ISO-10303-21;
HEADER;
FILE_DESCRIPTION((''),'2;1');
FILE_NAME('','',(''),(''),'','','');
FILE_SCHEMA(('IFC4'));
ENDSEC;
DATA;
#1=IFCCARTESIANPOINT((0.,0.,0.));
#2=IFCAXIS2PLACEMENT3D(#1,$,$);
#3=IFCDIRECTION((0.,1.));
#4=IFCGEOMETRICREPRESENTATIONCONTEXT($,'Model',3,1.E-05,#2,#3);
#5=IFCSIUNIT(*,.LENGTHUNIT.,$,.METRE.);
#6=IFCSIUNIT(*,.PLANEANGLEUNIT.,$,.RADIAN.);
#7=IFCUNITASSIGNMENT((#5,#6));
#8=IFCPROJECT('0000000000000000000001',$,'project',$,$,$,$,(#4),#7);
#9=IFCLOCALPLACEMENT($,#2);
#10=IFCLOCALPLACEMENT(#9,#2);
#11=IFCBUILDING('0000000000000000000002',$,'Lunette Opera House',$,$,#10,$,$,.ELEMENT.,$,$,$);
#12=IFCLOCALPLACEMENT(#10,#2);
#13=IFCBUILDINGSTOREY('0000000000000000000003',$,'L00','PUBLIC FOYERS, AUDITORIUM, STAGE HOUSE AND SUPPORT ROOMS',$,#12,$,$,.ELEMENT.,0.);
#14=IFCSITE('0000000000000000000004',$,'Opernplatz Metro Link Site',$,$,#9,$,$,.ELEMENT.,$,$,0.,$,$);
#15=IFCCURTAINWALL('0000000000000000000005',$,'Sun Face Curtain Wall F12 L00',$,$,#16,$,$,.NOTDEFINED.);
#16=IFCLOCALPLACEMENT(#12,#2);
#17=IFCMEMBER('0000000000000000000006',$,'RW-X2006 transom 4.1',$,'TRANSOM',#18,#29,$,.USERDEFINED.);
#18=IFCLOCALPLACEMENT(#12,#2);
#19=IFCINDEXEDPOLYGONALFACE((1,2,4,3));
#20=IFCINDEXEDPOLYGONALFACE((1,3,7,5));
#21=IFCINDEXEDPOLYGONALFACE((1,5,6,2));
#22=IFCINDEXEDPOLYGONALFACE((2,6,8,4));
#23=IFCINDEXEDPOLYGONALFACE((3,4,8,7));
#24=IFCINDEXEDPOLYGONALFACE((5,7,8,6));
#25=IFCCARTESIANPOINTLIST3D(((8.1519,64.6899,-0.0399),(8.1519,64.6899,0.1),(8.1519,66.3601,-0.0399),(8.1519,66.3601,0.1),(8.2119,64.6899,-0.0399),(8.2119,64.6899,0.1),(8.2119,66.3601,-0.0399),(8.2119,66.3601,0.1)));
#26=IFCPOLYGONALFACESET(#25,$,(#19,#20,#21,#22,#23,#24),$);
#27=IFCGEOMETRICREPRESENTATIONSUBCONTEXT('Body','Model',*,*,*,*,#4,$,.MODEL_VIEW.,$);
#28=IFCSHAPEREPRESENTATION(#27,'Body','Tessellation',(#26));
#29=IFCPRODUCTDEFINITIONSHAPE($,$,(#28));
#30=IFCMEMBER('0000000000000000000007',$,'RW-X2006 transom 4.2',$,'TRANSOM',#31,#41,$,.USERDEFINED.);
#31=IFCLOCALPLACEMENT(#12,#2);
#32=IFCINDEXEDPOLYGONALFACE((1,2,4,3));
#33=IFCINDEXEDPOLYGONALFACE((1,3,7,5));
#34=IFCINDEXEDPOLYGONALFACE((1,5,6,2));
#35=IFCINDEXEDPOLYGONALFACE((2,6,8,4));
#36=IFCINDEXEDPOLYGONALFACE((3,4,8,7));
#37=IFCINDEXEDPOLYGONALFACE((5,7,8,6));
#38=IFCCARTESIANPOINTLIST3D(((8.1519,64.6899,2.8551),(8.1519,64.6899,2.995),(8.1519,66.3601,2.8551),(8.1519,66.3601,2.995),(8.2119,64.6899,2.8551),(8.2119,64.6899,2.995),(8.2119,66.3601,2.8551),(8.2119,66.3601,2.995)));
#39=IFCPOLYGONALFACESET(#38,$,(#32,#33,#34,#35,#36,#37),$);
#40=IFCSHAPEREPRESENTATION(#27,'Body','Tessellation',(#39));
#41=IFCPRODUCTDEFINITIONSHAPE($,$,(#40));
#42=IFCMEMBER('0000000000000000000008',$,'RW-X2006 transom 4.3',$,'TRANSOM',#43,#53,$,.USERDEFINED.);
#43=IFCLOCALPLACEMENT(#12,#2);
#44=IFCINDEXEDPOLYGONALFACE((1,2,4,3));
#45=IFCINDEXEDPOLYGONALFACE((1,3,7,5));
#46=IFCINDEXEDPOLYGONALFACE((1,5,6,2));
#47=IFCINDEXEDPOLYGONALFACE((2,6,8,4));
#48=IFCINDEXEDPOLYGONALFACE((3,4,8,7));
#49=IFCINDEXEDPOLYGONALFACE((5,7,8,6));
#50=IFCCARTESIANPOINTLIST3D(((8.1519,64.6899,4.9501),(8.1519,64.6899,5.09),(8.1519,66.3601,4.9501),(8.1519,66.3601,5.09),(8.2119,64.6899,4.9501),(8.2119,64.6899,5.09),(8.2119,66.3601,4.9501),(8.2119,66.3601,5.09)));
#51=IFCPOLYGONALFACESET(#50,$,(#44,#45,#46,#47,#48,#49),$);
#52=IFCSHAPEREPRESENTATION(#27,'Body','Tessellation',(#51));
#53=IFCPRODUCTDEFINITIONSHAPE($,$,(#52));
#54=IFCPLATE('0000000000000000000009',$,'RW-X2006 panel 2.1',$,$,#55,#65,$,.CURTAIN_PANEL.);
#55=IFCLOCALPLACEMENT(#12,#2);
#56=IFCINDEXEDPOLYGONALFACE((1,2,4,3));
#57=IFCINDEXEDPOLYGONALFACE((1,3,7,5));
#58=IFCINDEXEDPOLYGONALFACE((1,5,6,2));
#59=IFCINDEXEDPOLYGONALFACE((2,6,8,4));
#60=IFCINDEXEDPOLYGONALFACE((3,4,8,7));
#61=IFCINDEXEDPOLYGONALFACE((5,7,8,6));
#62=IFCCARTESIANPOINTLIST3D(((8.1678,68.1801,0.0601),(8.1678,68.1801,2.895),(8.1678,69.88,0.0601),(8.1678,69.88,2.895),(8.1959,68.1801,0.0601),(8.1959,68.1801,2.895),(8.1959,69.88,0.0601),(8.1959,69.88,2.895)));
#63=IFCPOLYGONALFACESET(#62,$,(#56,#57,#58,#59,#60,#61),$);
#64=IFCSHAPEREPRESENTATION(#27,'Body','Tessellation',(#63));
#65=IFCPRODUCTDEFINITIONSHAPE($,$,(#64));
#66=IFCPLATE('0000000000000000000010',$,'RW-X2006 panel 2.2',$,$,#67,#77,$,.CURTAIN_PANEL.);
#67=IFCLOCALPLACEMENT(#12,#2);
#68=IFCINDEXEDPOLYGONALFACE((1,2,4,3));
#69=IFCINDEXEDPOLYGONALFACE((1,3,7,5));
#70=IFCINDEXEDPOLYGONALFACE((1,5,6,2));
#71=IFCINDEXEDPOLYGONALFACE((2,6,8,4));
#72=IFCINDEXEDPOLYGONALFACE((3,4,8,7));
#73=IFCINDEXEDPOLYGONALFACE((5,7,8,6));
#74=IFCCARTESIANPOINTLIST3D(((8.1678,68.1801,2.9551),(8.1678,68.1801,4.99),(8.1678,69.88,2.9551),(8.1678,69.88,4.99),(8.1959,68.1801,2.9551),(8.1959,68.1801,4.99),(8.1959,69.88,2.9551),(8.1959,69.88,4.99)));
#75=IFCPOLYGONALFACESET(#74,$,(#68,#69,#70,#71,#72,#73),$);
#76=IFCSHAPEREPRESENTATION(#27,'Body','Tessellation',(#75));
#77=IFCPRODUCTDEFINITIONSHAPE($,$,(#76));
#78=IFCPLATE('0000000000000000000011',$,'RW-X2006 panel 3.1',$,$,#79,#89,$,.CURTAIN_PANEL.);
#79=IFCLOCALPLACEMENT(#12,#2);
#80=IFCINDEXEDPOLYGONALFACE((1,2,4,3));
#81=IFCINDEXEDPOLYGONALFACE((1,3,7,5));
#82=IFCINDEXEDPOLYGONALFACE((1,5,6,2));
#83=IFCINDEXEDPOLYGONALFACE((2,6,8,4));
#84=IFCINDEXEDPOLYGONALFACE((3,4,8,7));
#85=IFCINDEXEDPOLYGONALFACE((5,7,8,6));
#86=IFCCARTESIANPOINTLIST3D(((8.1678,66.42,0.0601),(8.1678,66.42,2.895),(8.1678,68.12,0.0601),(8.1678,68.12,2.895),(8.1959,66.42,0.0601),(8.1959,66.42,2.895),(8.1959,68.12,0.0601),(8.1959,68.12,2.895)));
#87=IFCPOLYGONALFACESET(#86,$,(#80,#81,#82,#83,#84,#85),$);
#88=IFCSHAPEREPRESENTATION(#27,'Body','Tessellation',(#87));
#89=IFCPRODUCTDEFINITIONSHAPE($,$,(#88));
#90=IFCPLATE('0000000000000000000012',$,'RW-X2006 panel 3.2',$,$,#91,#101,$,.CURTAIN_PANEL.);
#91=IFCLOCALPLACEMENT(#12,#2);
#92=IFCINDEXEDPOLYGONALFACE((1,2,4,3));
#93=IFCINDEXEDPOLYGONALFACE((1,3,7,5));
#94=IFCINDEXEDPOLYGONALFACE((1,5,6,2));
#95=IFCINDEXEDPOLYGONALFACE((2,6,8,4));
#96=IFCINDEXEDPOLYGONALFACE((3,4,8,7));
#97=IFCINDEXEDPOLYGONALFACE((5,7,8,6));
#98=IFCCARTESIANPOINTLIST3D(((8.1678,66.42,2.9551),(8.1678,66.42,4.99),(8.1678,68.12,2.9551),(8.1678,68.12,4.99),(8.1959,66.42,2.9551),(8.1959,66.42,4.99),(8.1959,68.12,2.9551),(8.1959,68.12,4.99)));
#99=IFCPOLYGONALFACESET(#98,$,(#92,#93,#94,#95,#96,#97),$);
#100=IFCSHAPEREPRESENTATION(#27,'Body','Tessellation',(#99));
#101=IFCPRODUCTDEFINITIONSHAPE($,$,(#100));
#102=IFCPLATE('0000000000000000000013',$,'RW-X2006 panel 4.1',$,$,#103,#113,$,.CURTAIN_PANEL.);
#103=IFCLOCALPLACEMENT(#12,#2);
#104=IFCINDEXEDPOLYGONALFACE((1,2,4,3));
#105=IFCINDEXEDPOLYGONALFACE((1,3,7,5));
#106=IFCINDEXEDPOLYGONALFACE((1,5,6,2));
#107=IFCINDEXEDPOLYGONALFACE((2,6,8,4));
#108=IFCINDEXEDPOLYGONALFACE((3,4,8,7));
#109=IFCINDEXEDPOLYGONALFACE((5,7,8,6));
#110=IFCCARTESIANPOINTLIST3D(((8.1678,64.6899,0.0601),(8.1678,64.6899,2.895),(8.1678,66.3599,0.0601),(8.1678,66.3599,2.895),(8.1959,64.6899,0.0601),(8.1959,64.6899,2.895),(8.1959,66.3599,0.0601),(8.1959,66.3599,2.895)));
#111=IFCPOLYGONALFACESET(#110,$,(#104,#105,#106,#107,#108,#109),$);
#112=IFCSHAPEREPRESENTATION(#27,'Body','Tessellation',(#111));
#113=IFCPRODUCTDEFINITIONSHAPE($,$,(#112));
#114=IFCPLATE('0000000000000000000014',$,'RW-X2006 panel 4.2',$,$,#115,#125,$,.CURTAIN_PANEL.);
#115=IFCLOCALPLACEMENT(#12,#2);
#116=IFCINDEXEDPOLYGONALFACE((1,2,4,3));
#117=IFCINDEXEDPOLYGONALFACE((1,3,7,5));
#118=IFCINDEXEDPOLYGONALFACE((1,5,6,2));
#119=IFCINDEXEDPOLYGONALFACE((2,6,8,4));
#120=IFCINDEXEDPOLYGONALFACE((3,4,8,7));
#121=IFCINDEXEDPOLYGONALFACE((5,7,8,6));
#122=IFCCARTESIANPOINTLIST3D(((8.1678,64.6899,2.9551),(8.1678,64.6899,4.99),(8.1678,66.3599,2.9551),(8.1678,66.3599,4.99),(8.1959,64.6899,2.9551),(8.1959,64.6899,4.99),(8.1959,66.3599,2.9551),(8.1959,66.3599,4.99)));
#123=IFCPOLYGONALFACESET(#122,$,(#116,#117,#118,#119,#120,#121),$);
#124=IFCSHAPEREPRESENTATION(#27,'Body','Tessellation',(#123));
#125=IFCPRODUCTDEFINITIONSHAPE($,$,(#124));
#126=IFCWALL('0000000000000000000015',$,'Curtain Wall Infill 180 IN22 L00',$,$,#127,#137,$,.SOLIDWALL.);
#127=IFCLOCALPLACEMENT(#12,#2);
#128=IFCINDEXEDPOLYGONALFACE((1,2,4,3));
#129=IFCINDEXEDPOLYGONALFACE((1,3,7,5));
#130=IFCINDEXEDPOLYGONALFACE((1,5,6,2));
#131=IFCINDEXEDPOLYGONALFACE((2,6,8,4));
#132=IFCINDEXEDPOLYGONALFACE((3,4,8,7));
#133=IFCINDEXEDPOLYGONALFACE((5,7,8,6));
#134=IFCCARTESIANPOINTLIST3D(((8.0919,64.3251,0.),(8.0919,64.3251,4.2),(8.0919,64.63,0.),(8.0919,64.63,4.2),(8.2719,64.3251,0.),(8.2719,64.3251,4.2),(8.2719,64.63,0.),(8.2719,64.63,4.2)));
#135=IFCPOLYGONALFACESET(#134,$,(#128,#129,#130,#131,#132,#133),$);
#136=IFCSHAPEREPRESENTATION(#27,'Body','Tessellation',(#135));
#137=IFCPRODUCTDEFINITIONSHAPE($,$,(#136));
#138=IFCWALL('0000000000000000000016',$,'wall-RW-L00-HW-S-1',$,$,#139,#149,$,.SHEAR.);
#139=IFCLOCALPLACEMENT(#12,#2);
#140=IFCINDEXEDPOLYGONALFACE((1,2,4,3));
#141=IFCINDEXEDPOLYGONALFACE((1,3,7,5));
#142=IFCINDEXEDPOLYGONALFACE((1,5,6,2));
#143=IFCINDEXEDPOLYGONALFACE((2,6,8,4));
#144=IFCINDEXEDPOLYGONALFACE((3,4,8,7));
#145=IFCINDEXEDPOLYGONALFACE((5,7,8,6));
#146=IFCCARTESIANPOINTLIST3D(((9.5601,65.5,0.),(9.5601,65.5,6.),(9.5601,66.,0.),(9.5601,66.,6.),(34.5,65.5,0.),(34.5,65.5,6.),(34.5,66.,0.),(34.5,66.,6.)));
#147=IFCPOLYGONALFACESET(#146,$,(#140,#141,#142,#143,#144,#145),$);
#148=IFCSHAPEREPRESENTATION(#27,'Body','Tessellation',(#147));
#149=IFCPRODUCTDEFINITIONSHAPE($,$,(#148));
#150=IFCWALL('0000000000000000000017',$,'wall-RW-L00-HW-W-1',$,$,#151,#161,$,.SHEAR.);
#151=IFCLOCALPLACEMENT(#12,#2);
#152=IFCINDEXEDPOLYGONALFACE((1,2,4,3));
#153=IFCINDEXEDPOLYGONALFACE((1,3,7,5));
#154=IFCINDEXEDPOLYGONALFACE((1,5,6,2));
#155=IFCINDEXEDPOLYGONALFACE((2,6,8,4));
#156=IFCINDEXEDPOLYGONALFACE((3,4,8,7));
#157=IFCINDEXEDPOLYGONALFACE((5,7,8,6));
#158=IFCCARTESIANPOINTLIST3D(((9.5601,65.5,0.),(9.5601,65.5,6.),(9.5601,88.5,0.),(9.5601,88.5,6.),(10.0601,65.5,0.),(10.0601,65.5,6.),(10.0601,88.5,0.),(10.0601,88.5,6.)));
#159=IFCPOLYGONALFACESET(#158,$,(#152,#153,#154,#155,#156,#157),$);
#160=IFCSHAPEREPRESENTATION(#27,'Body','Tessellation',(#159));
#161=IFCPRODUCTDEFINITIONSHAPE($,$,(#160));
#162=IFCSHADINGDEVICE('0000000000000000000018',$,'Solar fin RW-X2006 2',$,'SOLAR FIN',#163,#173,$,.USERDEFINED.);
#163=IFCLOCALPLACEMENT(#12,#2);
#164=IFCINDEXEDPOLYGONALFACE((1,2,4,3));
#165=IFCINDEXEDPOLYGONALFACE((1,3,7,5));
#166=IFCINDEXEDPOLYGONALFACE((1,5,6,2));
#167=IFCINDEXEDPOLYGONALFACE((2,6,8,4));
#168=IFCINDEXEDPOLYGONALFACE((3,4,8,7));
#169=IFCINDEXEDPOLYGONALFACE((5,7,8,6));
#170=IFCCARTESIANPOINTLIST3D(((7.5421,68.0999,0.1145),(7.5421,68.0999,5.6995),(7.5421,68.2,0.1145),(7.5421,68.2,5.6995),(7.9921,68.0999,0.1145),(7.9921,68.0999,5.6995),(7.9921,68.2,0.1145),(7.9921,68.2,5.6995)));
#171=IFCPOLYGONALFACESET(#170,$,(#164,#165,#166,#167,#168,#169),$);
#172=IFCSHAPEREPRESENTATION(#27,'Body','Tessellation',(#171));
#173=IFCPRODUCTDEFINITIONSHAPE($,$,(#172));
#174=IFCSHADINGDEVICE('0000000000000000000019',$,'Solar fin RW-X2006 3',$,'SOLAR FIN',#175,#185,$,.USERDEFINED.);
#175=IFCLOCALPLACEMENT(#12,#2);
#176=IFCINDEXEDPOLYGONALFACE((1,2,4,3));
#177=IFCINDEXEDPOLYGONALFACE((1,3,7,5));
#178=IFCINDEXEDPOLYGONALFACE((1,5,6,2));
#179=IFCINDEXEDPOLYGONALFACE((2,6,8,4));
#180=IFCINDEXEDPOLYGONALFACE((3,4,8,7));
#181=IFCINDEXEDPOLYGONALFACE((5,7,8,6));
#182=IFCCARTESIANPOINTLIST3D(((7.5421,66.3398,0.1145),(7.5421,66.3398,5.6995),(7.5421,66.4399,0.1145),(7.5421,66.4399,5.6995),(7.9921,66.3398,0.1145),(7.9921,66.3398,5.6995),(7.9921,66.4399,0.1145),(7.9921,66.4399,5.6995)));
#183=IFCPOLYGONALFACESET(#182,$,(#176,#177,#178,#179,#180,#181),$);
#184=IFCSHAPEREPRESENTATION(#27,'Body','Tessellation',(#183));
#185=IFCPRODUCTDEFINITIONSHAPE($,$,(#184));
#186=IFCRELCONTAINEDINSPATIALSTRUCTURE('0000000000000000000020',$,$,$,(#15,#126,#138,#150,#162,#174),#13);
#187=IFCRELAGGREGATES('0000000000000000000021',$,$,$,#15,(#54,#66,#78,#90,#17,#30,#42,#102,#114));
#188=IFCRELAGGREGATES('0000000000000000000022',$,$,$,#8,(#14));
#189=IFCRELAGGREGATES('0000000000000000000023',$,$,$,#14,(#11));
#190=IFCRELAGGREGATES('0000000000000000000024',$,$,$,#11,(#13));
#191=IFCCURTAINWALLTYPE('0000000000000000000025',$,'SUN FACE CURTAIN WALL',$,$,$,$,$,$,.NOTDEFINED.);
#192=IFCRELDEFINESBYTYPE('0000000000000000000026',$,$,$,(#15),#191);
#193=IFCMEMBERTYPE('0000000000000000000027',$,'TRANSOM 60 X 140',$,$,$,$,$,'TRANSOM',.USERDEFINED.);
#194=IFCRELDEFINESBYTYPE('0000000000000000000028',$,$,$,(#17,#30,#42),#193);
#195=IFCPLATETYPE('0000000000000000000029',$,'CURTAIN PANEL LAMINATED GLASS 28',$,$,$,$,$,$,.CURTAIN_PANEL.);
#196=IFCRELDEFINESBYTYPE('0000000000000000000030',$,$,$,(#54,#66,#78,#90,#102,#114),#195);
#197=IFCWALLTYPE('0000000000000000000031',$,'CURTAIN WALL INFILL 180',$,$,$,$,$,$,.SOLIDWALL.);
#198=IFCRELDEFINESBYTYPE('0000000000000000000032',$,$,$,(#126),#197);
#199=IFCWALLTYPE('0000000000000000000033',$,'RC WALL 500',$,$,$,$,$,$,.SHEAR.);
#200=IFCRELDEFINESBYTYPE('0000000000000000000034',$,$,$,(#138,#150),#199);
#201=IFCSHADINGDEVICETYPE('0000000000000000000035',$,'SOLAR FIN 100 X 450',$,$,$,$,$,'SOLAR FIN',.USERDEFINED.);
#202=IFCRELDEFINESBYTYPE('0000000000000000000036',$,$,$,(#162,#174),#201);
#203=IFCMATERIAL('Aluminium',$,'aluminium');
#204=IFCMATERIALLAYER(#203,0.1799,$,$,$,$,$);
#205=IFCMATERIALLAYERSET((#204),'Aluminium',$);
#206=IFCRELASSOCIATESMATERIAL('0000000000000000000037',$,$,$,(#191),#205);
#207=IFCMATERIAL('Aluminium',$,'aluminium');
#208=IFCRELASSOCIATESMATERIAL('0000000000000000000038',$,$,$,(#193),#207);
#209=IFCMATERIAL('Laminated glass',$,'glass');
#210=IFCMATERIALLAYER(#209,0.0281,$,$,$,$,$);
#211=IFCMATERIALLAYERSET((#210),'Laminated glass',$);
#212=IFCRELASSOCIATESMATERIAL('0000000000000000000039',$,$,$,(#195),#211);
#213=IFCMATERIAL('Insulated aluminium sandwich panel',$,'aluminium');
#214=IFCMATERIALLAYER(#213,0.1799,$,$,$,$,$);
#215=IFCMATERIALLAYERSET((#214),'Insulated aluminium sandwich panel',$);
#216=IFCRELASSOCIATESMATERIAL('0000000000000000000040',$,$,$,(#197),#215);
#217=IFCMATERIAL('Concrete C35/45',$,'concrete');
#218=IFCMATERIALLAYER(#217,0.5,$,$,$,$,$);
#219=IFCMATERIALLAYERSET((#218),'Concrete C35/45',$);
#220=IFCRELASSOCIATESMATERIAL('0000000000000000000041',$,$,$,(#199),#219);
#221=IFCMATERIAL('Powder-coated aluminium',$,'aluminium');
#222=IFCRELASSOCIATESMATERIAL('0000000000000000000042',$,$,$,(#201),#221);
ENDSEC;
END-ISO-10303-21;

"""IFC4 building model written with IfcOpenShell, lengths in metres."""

from ifc_helpers import new_model, si_unit, direction, frame, frame_2d, origin, origin_2d, place, context, subcontext, project, spatial, rectangle, extrude, material, layer, layer_set, material_profile, profile_set, type_object, element, aggregate, save


model = new_model("IFC4")

# Units and contexts
model_context = context("Model", 3, precision=1e-05, world=origin(), true_north=direction((0.0, 1.0)))
body_context = subcontext(model_context, "Body", "Model", "MODEL_VIEW")
ifc_project = project(units=[si_unit("LENGTHUNIT", "METRE"), si_unit("PLANEANGLEUNIT", "RADIAN")], contexts=[model_context])

# Site, building, storey
site_placement = place(None, origin())
site = spatial("IfcSite", under=ifc_project, at=site_placement, Name="Opernplatz Metro Link Site", CompositionType="ELEMENT", RefElevation=0.0)
building_placement = place(site_placement, origin())
building = spatial("IfcBuilding", under=site, at=building_placement, Name="Lunette Opera House", CompositionType="ELEMENT")
storey_placement = place(building_placement, origin())
storey = spatial("IfcBuildingStorey", under=building, at=storey_placement, Name="L00", Description="PUBLIC FOYERS, AUDITORIUM, STAGE HOUSE AND SUPPORT ROOMS", CompositionType="ELEMENT", Elevation=0.0)

# Curtain wall
ifc_material_1 = material(Name="Aluminium", Category="aluminium")
ifc_layer_1 = layer(ifc_material_1, 0.1799)
ifc_layer_set_1 = layer_set([ifc_layer_1], Name="Aluminium")
curtain_wall_type = type_object("IfcCurtainWallType", Name="SUN FACE CURTAIN WALL", PredefinedType="NOTDEFINED", material=ifc_layer_set_1)
curtain_wall_placement = place(storey_placement, origin())
curtain_wall = element("IfcCurtainWall", 1, at=curtain_wall_placement, inside=storey, type_object=curtain_wall_type, Name="Sun Face Curtain Wall F12 L00", PredefinedType="NOTDEFINED")

# Members
ifc_material_2 = material(Name="Aluminium", Category="aluminium")
ifc_material_profile_1 = material_profile(ifc_material_2, rectangle(XDim=0.0601, YDim=0.1399, at=origin_2d()), Name="TRANSOM 60 X 140")
ifc_profile_set_1 = profile_set([ifc_material_profile_1], Name="Aluminium")
member_type_1 = type_object("IfcMemberType", Name="TRANSOM 60 X 140", ElementType="TRANSOM", PredefinedType="USERDEFINED", material=ifc_profile_set_1)
member_1_placement = place(storey_placement, frame((8.1819, 66.3601, 0.03), z_axis=(0.0, -1.0, 0.0), x_axis=(1.0, 0.0, 0.0)))
member_1 = element("IfcMember", 2, at=member_1_placement, type_object=member_type_1, Name="RW-X2006 transom 4.1", ObjectType="TRANSOM", PredefinedType="USERDEFINED", context=body_context, shape_type="SweptSolid", body=[
    extrude(rectangle(XDim=0.0601, YDim=0.1399, at=origin_2d()), origin(), (0.0, 0.0, 1.0), 1.6702),
])
member_2_placement = place(storey_placement, frame((8.1819, 66.3601, 2.925), z_axis=(0.0, -1.0, 0.0), x_axis=(1.0, 0.0, 0.0)))
member_2 = element("IfcMember", 3, at=member_2_placement, type_object=member_type_1, Name="RW-X2006 transom 4.2", ObjectType="TRANSOM", PredefinedType="USERDEFINED", context=body_context, shape_type="SweptSolid", body=[
    extrude(rectangle(XDim=0.0601, YDim=0.1399, at=origin_2d()), origin(), (0.0, 0.0, 1.0), 1.6702),
])
member_3_placement = place(storey_placement, frame((8.1819, 66.3601, 5.02), z_axis=(0.0, -1.0, 0.0), x_axis=(1.0, 0.0, 0.0)))
member_3 = element("IfcMember", 4, at=member_3_placement, type_object=member_type_1, Name="RW-X2006 transom 4.3", ObjectType="TRANSOM", PredefinedType="USERDEFINED", context=body_context, shape_type="SweptSolid", body=[
    extrude(rectangle(XDim=0.0601, YDim=0.1399, at=origin_2d()), origin(), (0.0, 0.0, 1.0), 1.6702),
])

# Plates
ifc_material_3 = material(Name="Laminated glass", Category="glass")
ifc_layer_2 = layer(ifc_material_3, 0.0281)
ifc_layer_set_2 = layer_set([ifc_layer_2], Name="Laminated glass")
plate_type = type_object("IfcPlateType", Name="CURTAIN PANEL LAMINATED GLASS 28", PredefinedType="CURTAIN_PANEL", material=ifc_layer_set_2)
plate_1_placement = place(storey_placement, frame((8.1819, 69.03, 0.0601), z_axis=(0.0, 0.0, 1.0), x_axis=(0.0, -1.0, 0.0)))
plate_1 = element("IfcPlate", 5, at=plate_1_placement, type_object=plate_type, Name="RW-X2006 panel 2.1", PredefinedType="CURTAIN_PANEL", context=body_context, shape_type="SweptSolid", body=[
    extrude(rectangle(XDim=1.7, YDim=0.0281, at=origin_2d()), origin(), (0.0, 0.0, 1.0), 2.835),
])
plate_2_placement = place(storey_placement, frame((8.1819, 69.03, 2.9551), z_axis=(0.0, 0.0, 1.0), x_axis=(0.0, -1.0, 0.0)))
plate_2 = element("IfcPlate", 6, at=plate_2_placement, type_object=plate_type, Name="RW-X2006 panel 2.2", PredefinedType="CURTAIN_PANEL", context=body_context, shape_type="SweptSolid", body=[
    extrude(rectangle(XDim=1.7, YDim=0.0281, at=origin_2d()), origin(), (0.0, 0.0, 1.0), 2.0349),
])
plate_3_placement = place(storey_placement, frame((8.1819, 67.27, 0.0601), z_axis=(0.0, 0.0, 1.0), x_axis=(0.0, -1.0, 0.0)))
plate_3 = element("IfcPlate", 7, at=plate_3_placement, type_object=plate_type, Name="RW-X2006 panel 3.1", PredefinedType="CURTAIN_PANEL", context=body_context, shape_type="SweptSolid", body=[
    extrude(rectangle(XDim=1.7, YDim=0.0281, at=origin_2d()), origin(), (0.0, 0.0, 1.0), 2.835),
])
plate_4_placement = place(storey_placement, frame((8.1819, 67.27, 2.9551), z_axis=(0.0, 0.0, 1.0), x_axis=(0.0, -1.0, 0.0)))
plate_4 = element("IfcPlate", 8, at=plate_4_placement, type_object=plate_type, Name="RW-X2006 panel 3.2", PredefinedType="CURTAIN_PANEL", context=body_context, shape_type="SweptSolid", body=[
    extrude(rectangle(XDim=1.7, YDim=0.0281, at=origin_2d()), origin(), (0.0, 0.0, 1.0), 2.0349),
])
plate_5_placement = place(storey_placement, frame((8.1819, 65.5249, 0.0601), z_axis=(0.0, 0.0, 1.0), x_axis=(0.0, -1.0, 0.0)))
plate_5 = element("IfcPlate", 9, at=plate_5_placement, type_object=plate_type, Name="RW-X2006 panel 4.1", PredefinedType="CURTAIN_PANEL", context=body_context, shape_type="SweptSolid", body=[
    extrude(rectangle(XDim=1.6699, YDim=0.0281, at=origin_2d()), origin(), (0.0, 0.0, 1.0), 2.835),
])
plate_6_placement = place(storey_placement, frame((8.1819, 65.5249, 2.9551), z_axis=(0.0, 0.0, 1.0), x_axis=(0.0, -1.0, 0.0)))
plate_6 = element("IfcPlate", 10, at=plate_6_placement, type_object=plate_type, Name="RW-X2006 panel 4.2", PredefinedType="CURTAIN_PANEL", context=body_context, shape_type="SweptSolid", body=[
    extrude(rectangle(XDim=1.6699, YDim=0.0281, at=origin_2d()), origin(), (0.0, 0.0, 1.0), 2.0349),
])
aggregate(curtain_wall, [plate_1, plate_2, plate_3, plate_4, member_1, member_2, member_3, plate_5, plate_6])

# Walls
ifc_material_4 = material(Name="Insulated aluminium sandwich panel", Category="aluminium")
ifc_layer_3 = layer(ifc_material_4, 0.1799)
ifc_layer_set_3 = layer_set([ifc_layer_3], Name="Insulated aluminium sandwich panel")
wall_type_1 = type_object("IfcWallType", Name="CURTAIN WALL INFILL 180", PredefinedType="SOLIDWALL", material=ifc_layer_set_3)
wall_1_placement = place(storey_placement, frame((8.1819, 64.6299, 0.0), z_axis=(0.0, 0.0, 1.0), x_axis=(0.0, -1.0, 0.0)))
element("IfcWall", 11, at=wall_1_placement, inside=storey, type_object=wall_type_1, Name="Curtain Wall Infill 180 IN22 L00", PredefinedType="SOLIDWALL", context=body_context, shape_type="SweptSolid", body=[
    extrude(rectangle(XDim=0.3049, YDim=0.1799, at=frame_2d((0.1523, 0.0))), origin(), (0.0, 0.0, 1.0), 4.2),
])
ifc_material_5 = material(Name="Concrete C35/45", Category="concrete")
ifc_layer_4 = layer(ifc_material_5, 0.5)
ifc_layer_set_4 = layer_set([ifc_layer_4], Name="Concrete C35/45")
wall_type_2 = type_object("IfcWallType", Name="RC WALL 500", PredefinedType="SHEAR", material=ifc_layer_set_4)
wall_2_placement = place(storey_placement, frame((9.5601, 65.75, 0.0), z_axis=(0.0, 0.0, 1.0), x_axis=(1.0, 0.0, 0.0)))
element("IfcWall", 12, at=wall_2_placement, inside=storey, type_object=wall_type_2, Name="wall-RW-L00-HW-S-1", PredefinedType="SHEAR", context=body_context, shape_type="SweptSolid", body=[
    extrude(rectangle(XDim=24.9399, YDim=0.5, at=frame_2d((12.47, 0.0))), origin(), (0.0, 0.0, 1.0), 6.0),
])
wall_3_placement = place(storey_placement, frame((9.8101, 65.5, 0.0), z_axis=(0.0, 0.0, 1.0), x_axis=(0.0, 1.0, 0.0)))
element("IfcWall", 13, at=wall_3_placement, inside=storey, type_object=wall_type_2, Name="wall-RW-L00-HW-W-1", PredefinedType="SHEAR", context=body_context, shape_type="SweptSolid", body=[
    extrude(rectangle(XDim=23.0, YDim=0.5, at=frame_2d((11.5, 0.0))), origin(), (0.0, 0.0, 1.0), 6.0),
])

# Shading devices
ifc_material_6 = material(Name="Powder-coated aluminium", Category="aluminium")
shading_device_type = type_object("IfcShadingDeviceType", Name="SOLAR FIN 100 X 450", ElementType="SOLAR FIN", PredefinedType="USERDEFINED", material=ifc_material_6)
for number, where, z_axis, x_axis, name in (
    (14, (7.7671, 68.1499, 0.1145), (0.0, 0.0, 1.0), (-1.0, 0.0, 0.0), "Solar fin RW-X2006 2"),
    (15, (7.7671, 66.3899, 0.1145), (0.0, 0.0, 1.0), (-1.0, 0.0, 0.0), "Solar fin RW-X2006 3"),
):
    element("IfcShadingDevice", number, at=place(storey_placement, frame(where, z_axis=z_axis, x_axis=x_axis)), inside=storey, type_object=shading_device_type, Name=name, ObjectType="SOLAR FIN", PredefinedType="USERDEFINED", context=body_context, shape_type="SweptSolid", body=[
        extrude(rectangle(XDim=0.45, YDim=0.1001, at=origin_2d()), origin(), (0.0, 0.0, 1.0), 5.585),
    ])

save(model, "model.ifc")
